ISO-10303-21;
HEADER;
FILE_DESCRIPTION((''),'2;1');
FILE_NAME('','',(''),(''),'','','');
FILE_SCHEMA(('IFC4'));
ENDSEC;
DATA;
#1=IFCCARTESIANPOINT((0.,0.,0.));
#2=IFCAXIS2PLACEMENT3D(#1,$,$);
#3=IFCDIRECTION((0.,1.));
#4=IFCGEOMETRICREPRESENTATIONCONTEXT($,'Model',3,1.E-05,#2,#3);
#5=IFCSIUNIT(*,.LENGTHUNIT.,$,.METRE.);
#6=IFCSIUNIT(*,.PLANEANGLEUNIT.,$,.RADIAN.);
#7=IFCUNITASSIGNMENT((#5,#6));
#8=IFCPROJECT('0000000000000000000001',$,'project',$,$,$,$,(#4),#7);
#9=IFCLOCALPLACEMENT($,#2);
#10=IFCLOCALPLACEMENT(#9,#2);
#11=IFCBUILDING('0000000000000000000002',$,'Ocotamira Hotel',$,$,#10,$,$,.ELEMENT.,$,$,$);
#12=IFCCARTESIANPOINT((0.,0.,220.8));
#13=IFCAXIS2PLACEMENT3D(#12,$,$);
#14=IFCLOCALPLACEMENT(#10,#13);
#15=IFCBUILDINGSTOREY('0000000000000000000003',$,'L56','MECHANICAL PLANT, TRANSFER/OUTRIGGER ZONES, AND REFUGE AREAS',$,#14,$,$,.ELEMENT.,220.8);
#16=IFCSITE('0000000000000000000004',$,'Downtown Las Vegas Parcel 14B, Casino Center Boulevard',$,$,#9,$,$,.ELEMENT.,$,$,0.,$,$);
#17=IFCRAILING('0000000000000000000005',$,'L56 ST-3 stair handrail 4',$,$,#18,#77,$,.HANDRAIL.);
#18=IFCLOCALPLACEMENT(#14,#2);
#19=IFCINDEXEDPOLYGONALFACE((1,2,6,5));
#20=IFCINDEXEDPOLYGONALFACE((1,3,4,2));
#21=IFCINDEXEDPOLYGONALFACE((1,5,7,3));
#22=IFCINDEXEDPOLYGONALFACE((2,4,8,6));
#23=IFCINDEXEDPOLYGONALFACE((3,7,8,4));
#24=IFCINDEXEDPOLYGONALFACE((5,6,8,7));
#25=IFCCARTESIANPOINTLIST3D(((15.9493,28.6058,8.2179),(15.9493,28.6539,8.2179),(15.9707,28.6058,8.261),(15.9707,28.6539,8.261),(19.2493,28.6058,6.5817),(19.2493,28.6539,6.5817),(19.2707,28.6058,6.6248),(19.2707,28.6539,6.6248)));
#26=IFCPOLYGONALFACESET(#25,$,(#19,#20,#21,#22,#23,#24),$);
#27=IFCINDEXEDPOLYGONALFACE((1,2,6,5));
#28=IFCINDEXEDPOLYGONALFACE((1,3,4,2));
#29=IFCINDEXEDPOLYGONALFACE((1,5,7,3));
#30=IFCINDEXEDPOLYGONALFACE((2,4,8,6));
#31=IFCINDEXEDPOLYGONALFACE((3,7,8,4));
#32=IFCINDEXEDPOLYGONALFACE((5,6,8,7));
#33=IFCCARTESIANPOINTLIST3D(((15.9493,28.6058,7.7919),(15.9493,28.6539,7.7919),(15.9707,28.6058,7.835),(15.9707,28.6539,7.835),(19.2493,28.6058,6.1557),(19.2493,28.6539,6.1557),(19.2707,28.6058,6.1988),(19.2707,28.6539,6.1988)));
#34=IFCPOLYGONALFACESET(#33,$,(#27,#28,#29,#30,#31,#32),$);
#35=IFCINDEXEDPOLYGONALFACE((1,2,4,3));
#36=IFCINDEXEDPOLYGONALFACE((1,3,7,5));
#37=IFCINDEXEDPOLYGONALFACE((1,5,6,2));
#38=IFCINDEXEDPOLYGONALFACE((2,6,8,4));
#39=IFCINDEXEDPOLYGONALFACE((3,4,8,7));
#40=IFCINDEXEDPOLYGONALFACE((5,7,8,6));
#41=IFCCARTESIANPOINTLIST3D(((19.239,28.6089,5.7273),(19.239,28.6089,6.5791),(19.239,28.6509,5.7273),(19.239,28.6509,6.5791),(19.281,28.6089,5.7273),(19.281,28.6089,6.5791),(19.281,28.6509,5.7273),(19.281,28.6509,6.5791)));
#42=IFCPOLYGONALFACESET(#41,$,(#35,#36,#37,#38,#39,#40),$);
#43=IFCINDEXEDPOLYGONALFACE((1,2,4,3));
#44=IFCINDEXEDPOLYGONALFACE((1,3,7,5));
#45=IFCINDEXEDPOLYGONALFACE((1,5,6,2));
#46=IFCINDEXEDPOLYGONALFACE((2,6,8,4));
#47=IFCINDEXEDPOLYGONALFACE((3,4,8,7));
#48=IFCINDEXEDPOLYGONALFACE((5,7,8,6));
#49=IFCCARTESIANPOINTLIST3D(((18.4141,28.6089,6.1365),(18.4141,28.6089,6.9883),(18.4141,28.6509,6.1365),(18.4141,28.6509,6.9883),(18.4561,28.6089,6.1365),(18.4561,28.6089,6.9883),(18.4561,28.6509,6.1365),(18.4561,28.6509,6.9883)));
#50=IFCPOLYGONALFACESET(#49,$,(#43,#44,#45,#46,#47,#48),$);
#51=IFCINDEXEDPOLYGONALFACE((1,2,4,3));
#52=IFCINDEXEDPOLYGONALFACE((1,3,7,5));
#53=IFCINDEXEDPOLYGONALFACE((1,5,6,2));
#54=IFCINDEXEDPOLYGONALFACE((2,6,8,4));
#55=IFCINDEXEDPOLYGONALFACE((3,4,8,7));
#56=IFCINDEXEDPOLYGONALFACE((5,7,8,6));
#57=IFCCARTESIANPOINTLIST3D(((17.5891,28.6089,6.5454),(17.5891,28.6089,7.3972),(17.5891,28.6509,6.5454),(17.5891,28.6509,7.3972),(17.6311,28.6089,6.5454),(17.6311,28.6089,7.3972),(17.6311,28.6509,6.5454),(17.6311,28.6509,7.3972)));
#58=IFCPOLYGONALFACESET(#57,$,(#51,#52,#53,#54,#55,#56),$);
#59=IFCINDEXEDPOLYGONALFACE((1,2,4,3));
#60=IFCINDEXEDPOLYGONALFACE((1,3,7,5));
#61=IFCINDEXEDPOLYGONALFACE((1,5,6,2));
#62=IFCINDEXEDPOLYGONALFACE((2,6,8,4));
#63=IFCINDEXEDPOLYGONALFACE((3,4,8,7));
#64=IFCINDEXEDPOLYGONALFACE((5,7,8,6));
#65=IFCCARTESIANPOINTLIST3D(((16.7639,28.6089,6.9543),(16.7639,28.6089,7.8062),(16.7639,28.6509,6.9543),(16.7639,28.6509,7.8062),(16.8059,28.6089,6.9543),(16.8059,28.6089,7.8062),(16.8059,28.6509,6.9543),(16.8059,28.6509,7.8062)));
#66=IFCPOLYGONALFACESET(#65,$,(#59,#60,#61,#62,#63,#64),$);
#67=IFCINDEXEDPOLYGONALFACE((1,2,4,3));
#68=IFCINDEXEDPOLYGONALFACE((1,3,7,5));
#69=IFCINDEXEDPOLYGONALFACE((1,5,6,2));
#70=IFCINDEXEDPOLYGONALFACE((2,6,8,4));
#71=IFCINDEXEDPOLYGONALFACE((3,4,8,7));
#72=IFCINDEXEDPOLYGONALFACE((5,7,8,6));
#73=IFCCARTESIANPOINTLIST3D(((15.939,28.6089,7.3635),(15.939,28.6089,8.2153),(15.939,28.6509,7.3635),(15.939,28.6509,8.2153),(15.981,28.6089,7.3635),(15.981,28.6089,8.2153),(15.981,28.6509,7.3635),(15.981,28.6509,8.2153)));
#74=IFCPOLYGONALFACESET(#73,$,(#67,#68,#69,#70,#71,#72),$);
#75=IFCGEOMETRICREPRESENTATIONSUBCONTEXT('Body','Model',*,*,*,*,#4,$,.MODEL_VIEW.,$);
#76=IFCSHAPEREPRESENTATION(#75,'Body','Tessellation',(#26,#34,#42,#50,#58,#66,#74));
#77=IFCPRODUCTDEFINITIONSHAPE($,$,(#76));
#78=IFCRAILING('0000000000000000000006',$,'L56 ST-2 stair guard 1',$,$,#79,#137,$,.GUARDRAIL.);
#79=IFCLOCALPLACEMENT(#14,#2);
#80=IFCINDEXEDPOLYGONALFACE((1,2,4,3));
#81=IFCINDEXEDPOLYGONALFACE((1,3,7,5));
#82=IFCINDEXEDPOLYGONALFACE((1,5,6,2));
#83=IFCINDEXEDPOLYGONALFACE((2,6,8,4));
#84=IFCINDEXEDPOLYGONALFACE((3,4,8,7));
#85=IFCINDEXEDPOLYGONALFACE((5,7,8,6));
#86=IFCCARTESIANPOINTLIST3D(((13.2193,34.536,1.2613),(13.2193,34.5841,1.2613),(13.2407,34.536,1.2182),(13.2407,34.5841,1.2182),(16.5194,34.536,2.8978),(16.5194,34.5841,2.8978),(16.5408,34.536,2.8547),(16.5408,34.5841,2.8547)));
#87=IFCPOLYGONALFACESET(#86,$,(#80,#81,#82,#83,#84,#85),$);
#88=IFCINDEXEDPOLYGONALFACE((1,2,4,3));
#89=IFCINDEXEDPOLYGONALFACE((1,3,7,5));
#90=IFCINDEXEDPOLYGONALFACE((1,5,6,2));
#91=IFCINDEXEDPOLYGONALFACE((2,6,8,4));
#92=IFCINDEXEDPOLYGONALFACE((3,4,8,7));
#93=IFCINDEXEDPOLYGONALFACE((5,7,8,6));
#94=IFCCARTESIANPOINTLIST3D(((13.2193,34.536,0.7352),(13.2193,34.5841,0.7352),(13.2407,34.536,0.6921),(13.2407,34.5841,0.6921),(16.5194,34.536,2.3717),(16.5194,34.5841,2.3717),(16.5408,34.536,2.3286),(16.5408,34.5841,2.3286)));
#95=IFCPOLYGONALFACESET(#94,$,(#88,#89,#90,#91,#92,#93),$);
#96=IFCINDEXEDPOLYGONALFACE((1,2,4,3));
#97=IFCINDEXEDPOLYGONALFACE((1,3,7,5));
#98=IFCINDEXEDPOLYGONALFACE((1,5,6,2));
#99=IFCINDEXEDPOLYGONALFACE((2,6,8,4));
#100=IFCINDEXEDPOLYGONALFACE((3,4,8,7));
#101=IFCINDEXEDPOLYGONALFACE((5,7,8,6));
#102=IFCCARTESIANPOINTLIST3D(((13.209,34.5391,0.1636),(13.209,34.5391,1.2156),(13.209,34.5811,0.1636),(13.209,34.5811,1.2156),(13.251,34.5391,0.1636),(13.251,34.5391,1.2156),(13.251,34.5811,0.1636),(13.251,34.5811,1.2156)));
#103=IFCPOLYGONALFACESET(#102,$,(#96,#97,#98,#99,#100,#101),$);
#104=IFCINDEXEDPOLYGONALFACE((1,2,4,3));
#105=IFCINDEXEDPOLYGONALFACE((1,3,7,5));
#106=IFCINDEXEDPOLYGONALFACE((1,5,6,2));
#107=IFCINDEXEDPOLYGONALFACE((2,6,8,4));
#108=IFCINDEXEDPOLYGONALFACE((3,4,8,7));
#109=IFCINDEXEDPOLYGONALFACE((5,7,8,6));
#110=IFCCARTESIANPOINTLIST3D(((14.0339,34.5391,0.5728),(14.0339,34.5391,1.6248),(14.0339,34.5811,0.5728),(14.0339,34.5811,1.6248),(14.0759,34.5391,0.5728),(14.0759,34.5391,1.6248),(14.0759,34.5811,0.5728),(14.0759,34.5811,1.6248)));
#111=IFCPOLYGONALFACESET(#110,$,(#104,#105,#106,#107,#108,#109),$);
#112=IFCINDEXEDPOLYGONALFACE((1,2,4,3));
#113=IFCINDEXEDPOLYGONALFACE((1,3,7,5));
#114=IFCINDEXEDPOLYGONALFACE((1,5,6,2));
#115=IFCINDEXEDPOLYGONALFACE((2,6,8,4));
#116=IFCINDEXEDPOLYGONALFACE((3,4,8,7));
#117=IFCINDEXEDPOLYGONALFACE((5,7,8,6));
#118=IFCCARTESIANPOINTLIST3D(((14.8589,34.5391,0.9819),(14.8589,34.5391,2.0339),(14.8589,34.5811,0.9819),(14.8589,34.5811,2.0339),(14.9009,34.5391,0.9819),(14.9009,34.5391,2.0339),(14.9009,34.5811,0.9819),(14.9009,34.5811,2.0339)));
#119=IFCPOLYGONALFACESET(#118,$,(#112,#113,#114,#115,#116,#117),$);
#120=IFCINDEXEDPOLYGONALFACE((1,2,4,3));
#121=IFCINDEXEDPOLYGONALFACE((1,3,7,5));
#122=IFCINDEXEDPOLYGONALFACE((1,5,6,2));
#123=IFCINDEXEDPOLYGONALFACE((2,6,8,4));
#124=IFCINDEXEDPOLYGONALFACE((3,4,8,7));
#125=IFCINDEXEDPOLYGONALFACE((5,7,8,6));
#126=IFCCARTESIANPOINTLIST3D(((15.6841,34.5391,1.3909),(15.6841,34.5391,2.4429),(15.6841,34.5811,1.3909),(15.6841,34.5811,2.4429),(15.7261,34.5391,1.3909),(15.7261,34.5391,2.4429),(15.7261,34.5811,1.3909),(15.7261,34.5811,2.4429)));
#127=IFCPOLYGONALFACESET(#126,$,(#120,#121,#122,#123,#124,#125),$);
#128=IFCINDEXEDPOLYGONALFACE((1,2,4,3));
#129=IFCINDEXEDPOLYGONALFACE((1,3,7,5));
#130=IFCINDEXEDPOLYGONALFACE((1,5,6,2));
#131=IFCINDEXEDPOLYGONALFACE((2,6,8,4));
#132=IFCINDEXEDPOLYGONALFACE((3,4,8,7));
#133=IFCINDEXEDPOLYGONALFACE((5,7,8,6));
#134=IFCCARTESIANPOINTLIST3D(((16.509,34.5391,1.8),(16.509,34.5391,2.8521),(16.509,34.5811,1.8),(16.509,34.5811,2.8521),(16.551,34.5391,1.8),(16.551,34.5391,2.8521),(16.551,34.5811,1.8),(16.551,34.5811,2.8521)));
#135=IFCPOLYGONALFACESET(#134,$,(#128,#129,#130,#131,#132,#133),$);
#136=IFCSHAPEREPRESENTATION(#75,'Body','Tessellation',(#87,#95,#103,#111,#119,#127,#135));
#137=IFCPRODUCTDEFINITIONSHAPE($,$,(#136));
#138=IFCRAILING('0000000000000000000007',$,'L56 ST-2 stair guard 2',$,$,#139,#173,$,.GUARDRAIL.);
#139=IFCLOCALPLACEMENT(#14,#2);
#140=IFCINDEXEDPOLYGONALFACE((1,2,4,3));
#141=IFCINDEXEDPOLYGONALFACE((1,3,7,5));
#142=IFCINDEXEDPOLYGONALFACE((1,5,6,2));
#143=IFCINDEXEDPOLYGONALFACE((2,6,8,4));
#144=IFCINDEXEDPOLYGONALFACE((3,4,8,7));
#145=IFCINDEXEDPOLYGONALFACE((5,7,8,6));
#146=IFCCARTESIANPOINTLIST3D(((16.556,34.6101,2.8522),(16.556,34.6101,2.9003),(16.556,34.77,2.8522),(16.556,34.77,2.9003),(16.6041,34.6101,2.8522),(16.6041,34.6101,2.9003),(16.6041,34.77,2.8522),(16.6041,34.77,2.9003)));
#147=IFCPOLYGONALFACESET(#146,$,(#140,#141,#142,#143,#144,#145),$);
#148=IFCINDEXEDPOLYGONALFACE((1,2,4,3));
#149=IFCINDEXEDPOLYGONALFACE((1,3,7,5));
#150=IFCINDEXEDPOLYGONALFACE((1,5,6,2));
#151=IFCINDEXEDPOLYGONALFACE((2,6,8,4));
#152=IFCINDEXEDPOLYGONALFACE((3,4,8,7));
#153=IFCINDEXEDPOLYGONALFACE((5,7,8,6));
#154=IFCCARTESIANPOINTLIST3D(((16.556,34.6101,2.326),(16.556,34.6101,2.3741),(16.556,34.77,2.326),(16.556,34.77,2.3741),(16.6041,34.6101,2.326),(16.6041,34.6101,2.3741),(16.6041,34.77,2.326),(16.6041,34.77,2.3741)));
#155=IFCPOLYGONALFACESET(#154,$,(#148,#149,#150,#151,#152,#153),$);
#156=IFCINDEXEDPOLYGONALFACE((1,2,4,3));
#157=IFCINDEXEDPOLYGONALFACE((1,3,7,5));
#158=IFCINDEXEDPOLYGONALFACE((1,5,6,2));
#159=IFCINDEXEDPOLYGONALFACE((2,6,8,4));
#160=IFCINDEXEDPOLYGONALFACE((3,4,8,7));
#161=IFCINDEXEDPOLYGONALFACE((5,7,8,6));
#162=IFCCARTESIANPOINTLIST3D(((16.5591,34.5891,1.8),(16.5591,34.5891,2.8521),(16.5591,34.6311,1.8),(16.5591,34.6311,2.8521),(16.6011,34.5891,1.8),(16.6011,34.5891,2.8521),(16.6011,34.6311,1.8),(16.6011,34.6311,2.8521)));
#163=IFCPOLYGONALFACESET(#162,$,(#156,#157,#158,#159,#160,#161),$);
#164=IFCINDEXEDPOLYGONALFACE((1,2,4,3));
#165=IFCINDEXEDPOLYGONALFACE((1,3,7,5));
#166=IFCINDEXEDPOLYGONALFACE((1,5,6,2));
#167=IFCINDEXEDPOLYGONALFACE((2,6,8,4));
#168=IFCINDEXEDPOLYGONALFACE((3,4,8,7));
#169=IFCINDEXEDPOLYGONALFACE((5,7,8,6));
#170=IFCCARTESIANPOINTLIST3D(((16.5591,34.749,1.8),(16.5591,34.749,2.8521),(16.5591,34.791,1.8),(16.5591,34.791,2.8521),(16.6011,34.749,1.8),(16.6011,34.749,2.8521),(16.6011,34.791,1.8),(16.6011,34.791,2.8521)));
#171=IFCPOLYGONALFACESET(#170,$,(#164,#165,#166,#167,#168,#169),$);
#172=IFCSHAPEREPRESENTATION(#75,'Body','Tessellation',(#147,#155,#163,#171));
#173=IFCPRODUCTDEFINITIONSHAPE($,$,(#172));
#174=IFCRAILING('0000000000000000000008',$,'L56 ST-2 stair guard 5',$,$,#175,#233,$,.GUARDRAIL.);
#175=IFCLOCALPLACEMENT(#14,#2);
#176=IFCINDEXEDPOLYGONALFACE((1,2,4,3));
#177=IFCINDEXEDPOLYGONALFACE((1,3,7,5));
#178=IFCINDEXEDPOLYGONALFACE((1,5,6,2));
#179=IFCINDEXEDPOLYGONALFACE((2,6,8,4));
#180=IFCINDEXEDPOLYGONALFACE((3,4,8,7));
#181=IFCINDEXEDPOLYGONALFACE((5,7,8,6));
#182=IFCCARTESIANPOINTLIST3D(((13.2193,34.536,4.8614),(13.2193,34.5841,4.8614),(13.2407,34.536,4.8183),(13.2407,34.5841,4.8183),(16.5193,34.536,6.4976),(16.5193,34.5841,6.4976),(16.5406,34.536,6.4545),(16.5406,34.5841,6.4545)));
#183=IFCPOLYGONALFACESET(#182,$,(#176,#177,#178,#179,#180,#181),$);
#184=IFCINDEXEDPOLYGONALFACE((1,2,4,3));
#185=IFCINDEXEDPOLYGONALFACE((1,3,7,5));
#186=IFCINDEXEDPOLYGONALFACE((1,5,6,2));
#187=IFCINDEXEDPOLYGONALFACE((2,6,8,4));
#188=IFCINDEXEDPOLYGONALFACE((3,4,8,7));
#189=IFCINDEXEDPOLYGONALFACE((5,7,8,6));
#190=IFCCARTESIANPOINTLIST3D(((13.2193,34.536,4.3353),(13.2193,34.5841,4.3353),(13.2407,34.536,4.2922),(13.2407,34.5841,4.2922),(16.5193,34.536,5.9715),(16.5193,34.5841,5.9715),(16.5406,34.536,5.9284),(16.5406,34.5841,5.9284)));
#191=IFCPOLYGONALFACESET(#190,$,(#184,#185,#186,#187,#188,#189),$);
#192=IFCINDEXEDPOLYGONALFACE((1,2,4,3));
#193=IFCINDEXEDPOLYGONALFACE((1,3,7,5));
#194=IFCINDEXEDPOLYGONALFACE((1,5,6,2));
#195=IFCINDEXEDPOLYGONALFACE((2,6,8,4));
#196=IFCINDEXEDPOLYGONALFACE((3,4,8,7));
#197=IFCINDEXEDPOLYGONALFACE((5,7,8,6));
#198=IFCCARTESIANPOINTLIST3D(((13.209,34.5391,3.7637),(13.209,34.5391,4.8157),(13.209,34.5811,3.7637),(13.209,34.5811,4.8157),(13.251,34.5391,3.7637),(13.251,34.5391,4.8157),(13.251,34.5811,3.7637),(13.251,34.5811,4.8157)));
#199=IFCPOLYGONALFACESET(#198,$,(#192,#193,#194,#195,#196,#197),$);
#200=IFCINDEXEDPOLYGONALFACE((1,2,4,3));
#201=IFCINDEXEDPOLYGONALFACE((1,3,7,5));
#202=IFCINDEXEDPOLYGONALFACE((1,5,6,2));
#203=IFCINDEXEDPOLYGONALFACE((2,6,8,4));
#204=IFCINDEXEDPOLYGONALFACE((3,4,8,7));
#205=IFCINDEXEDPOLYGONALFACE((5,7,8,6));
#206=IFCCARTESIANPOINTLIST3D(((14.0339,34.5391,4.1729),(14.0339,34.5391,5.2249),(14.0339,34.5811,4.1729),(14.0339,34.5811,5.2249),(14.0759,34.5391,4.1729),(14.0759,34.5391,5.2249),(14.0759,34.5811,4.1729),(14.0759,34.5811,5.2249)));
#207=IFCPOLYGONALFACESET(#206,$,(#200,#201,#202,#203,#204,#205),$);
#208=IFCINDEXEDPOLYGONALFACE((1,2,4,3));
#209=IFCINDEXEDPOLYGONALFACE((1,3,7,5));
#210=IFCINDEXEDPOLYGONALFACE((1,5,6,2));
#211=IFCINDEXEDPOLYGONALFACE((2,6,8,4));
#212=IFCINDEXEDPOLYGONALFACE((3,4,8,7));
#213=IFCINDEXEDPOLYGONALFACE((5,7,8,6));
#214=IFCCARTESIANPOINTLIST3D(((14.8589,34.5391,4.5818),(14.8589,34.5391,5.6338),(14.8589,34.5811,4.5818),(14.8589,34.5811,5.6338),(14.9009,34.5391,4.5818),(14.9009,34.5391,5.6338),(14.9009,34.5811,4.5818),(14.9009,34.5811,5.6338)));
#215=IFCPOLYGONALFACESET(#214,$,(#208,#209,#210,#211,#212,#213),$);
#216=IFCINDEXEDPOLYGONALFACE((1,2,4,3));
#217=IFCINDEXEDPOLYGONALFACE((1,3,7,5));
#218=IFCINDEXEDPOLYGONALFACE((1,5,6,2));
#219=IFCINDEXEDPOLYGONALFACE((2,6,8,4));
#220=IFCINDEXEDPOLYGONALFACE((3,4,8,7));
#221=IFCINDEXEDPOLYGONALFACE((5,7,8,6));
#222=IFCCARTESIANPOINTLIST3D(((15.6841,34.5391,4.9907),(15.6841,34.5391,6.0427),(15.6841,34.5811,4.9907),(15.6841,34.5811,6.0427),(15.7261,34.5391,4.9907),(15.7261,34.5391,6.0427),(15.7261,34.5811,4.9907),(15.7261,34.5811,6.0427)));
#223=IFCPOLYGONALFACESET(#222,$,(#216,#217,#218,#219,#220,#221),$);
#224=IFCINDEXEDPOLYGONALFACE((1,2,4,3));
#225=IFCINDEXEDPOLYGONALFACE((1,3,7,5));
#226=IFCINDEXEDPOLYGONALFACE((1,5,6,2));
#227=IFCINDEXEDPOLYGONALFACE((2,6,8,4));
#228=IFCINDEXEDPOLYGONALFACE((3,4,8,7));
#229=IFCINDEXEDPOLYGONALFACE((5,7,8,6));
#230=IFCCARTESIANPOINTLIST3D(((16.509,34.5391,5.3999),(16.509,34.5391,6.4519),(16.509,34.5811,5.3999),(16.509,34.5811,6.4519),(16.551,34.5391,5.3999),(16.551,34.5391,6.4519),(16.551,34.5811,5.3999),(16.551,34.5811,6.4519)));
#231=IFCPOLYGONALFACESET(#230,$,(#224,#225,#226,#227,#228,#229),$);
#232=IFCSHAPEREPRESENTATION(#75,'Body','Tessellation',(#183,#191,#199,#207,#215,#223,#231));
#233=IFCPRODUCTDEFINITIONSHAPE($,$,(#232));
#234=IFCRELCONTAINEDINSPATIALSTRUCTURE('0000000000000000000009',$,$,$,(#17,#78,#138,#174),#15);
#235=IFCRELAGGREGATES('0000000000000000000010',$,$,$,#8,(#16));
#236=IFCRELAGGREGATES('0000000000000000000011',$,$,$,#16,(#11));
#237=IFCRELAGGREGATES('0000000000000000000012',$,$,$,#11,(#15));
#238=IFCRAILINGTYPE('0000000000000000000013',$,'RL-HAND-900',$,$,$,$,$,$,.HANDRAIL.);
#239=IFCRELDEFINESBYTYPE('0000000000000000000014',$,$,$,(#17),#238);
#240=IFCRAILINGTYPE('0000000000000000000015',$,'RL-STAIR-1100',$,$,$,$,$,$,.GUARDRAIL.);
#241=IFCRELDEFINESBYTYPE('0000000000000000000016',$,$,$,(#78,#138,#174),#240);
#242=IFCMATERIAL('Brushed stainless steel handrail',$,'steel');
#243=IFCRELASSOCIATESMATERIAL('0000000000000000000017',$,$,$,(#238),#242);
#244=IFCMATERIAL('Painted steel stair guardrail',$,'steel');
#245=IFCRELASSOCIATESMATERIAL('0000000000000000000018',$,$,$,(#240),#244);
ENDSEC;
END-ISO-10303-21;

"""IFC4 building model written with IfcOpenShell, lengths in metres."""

from ifc_helpers import new_model, si_unit, direction, frame, origin, origin_2d, place, context, subcontext, project, spatial, rectangle, extrude, material, type_object, element, save


model = new_model("IFC4")

# Units and contexts
model_context = context("Model", 3, precision=1e-05, world=origin(), true_north=direction((0.0, 1.0)))
body_context = subcontext(model_context, "Body", "Model", "MODEL_VIEW")
ifc_project = project(units=[si_unit("LENGTHUNIT", "METRE"), si_unit("PLANEANGLEUNIT", "RADIAN")], contexts=[model_context])

# Site, building, storey
site_placement = place(None, origin())
site = spatial("IfcSite", under=ifc_project, at=site_placement, Name="Downtown Las Vegas Parcel 14B, Casino Center Boulevard", CompositionType="ELEMENT", RefElevation=0.0)
building_placement = place(site_placement, origin())
building = spatial("IfcBuilding", under=site, at=building_placement, Name="Ocotamira Hotel", CompositionType="ELEMENT")
storey_placement = place(building_placement, frame((0.0, 0.0, 220.8)))
storey = spatial("IfcBuildingStorey", under=building, at=storey_placement, Name="L56", Description="MECHANICAL PLANT, TRANSFER/OUTRIGGER ZONES, AND REFUGE AREAS", CompositionType="ELEMENT", Elevation=220.8)

# Railings
ifc_material_1 = material(Name="Brushed stainless steel handrail", Category="steel")
railing_type_1 = type_object("IfcRailingType", Name="RL-HAND-900", PredefinedType="HANDRAIL", material=ifc_material_1)
railing_1_placement = place(storey_placement, frame((19.26, 28.6299, 5.7273)))
element("IfcRailing", 1, at=railing_1_placement, inside=storey, type_object=railing_type_1, Name="L56 ST-3 stair handrail 4", PredefinedType="HANDRAIL", context=body_context, shape_type="SweptSolid", body=[
    extrude(rectangle(XDim=0.0481, YDim=0.0481, at=origin_2d()), frame((0.0, 0.0, 0.876), z_axis=(-0.89592, 0.0, 0.444215), x_axis=(0.0, -1.0, 0.0)), (0.0, 0.0, 1.0), 3.6833),
    extrude(rectangle(XDim=0.0481, YDim=0.0481, at=origin_2d()), frame((0.0, 0.0, 0.45), z_axis=(-0.89592, 0.0, 0.444215), x_axis=(0.0, -1.0, 0.0)), (0.0, 0.0, 1.0), 3.6833),
    extrude(rectangle(XDim=0.042, YDim=0.042, at=origin_2d()), origin(), (0.0, 0.0, 1.0), 0.8518),
    extrude(rectangle(XDim=0.042, YDim=0.042, at=origin_2d()), frame((-0.825, 0.0, 0.4092)), (0.0, 0.0, 1.0), 0.8518),
    extrude(rectangle(XDim=0.042, YDim=0.042, at=origin_2d()), frame((-1.6499, 0.0, 0.8181)), (0.0, 0.0, 1.0), 0.8518),
    extrude(rectangle(XDim=0.042, YDim=0.042, at=origin_2d()), frame((-2.4751, 0.0, 1.2271)), (0.0, 0.0, 1.0), 0.8518),
    extrude(rectangle(XDim=0.042, YDim=0.042, at=origin_2d()), frame((-3.3, 0.0, 1.6362)), (0.0, 0.0, 1.0), 0.8518),
])
ifc_material_2 = material(Name="Painted steel stair guardrail", Category="steel")
railing_type_2 = type_object("IfcRailingType", Name="RL-STAIR-1100", PredefinedType="GUARDRAIL", material=ifc_material_2)
railing_2_placement = place(storey_placement, frame((13.23, 34.5601, 0.1636)))
element("IfcRailing", 2, at=railing_2_placement, inside=storey, type_object=railing_type_2, Name="L56 ST-2 stair guard 1", PredefinedType="GUARDRAIL", context=body_context, shape_type="SweptSolid", body=[
    extrude(rectangle(XDim=0.0481, YDim=0.0481, at=origin_2d()), frame((0.0, 0.0, 1.0762), z_axis=(0.895894, 0.0, 0.444268), x_axis=(0.0, 1.0, 0.0)), (0.0, 0.0, 1.0), 3.6836),
    extrude(rectangle(XDim=0.0481, YDim=0.0481, at=origin_2d()), frame((0.0, 0.0, 0.55), z_axis=(0.895894, 0.0, 0.444268), x_axis=(0.0, 1.0, 0.0)), (0.0, 0.0, 1.0), 3.6836),
    extrude(rectangle(XDim=0.042, YDim=0.042, at=origin_2d()), origin(), (0.0, 0.0, 1.0), 1.052),
    extrude(rectangle(XDim=0.042, YDim=0.042, at=origin_2d()), frame((0.825, 0.0, 0.4092)), (0.0, 0.0, 1.0), 1.052),
    extrude(rectangle(XDim=0.042, YDim=0.042, at=origin_2d()), frame((1.6499, 0.0, 0.8184)), (0.0, 0.0, 1.0), 1.052),
    extrude(rectangle(XDim=0.042, YDim=0.042, at=origin_2d()), frame((2.4751, 0.0, 1.2273)), (0.0, 0.0, 1.0), 1.052),
    extrude(rectangle(XDim=0.042, YDim=0.042, at=origin_2d()), frame((3.3, 0.0, 1.6365)), (0.0, 0.0, 1.0), 1.052),
])
railing_3_placement = place(storey_placement, frame((16.5801, 34.6101, 1.8)))
element("IfcRailing", 3, at=railing_3_placement, inside=storey, type_object=railing_type_2, Name="L56 ST-2 stair guard 2", PredefinedType="GUARDRAIL", context=body_context, shape_type="SweptSolid", body=[
    extrude(rectangle(XDim=0.0481, YDim=0.0481, at=origin_2d()), frame((0.0, 0.0, 1.0762), z_axis=(0.0, 1.0, 0.0), x_axis=(-1.0, 0.0, 0.0)), (0.0, 0.0, 1.0), 0.1599),
    extrude(rectangle(XDim=0.0481, YDim=0.0481, at=origin_2d()), frame((0.0, 0.0, 0.55), z_axis=(0.0, 1.0, 0.0), x_axis=(-1.0, 0.0, 0.0)), (0.0, 0.0, 1.0), 0.1599),
    extrude(rectangle(XDim=0.042, YDim=0.042, at=origin_2d()), origin(), (0.0, 0.0, 1.0), 1.052),
    extrude(rectangle(XDim=0.042, YDim=0.042, at=origin_2d()), frame((0.0, 0.1599, 0.0)), (0.0, 0.0, 1.0), 1.052),
])
railing_4_placement = place(storey_placement, frame((13.23, 34.5601, 3.7637)))
element("IfcRailing", 4, at=railing_4_placement, inside=storey, type_object=railing_type_2, Name="L56 ST-2 stair guard 5", PredefinedType="GUARDRAIL", context=body_context, shape_type="SweptSolid", body=[
    extrude(rectangle(XDim=0.0481, YDim=0.0481, at=origin_2d()), frame((0.0, 0.0, 1.0762), z_axis=(0.89592, 0.0, 0.444215), x_axis=(0.0, 1.0, 0.0)), (0.0, 0.0, 1.0), 3.6833),
    extrude(rectangle(XDim=0.0481, YDim=0.0481, at=origin_2d()), frame((0.0, 0.0, 0.55), z_axis=(0.89592, 0.0, 0.444215), x_axis=(0.0, 1.0, 0.0)), (0.0, 0.0, 1.0), 3.6833),
    extrude(rectangle(XDim=0.042, YDim=0.042, at=origin_2d()), origin(), (0.0, 0.0, 1.0), 1.052),
    extrude(rectangle(XDim=0.042, YDim=0.042, at=origin_2d()), frame((0.825, 0.0, 0.4092)), (0.0, 0.0, 1.0), 1.052),
    extrude(rectangle(XDim=0.042, YDim=0.042, at=origin_2d()), frame((1.6499, 0.0, 0.8181)), (0.0, 0.0, 1.0), 1.052),
    extrude(rectangle(XDim=0.042, YDim=0.042, at=origin_2d()), frame((2.4751, 0.0, 1.2271)), (0.0, 0.0, 1.0), 1.052),
    extrude(rectangle(XDim=0.042, YDim=0.042, at=origin_2d()), frame((3.3, 0.0, 1.6362)), (0.0, 0.0, 1.0), 1.052),
])

save(model, "model.ifc")
